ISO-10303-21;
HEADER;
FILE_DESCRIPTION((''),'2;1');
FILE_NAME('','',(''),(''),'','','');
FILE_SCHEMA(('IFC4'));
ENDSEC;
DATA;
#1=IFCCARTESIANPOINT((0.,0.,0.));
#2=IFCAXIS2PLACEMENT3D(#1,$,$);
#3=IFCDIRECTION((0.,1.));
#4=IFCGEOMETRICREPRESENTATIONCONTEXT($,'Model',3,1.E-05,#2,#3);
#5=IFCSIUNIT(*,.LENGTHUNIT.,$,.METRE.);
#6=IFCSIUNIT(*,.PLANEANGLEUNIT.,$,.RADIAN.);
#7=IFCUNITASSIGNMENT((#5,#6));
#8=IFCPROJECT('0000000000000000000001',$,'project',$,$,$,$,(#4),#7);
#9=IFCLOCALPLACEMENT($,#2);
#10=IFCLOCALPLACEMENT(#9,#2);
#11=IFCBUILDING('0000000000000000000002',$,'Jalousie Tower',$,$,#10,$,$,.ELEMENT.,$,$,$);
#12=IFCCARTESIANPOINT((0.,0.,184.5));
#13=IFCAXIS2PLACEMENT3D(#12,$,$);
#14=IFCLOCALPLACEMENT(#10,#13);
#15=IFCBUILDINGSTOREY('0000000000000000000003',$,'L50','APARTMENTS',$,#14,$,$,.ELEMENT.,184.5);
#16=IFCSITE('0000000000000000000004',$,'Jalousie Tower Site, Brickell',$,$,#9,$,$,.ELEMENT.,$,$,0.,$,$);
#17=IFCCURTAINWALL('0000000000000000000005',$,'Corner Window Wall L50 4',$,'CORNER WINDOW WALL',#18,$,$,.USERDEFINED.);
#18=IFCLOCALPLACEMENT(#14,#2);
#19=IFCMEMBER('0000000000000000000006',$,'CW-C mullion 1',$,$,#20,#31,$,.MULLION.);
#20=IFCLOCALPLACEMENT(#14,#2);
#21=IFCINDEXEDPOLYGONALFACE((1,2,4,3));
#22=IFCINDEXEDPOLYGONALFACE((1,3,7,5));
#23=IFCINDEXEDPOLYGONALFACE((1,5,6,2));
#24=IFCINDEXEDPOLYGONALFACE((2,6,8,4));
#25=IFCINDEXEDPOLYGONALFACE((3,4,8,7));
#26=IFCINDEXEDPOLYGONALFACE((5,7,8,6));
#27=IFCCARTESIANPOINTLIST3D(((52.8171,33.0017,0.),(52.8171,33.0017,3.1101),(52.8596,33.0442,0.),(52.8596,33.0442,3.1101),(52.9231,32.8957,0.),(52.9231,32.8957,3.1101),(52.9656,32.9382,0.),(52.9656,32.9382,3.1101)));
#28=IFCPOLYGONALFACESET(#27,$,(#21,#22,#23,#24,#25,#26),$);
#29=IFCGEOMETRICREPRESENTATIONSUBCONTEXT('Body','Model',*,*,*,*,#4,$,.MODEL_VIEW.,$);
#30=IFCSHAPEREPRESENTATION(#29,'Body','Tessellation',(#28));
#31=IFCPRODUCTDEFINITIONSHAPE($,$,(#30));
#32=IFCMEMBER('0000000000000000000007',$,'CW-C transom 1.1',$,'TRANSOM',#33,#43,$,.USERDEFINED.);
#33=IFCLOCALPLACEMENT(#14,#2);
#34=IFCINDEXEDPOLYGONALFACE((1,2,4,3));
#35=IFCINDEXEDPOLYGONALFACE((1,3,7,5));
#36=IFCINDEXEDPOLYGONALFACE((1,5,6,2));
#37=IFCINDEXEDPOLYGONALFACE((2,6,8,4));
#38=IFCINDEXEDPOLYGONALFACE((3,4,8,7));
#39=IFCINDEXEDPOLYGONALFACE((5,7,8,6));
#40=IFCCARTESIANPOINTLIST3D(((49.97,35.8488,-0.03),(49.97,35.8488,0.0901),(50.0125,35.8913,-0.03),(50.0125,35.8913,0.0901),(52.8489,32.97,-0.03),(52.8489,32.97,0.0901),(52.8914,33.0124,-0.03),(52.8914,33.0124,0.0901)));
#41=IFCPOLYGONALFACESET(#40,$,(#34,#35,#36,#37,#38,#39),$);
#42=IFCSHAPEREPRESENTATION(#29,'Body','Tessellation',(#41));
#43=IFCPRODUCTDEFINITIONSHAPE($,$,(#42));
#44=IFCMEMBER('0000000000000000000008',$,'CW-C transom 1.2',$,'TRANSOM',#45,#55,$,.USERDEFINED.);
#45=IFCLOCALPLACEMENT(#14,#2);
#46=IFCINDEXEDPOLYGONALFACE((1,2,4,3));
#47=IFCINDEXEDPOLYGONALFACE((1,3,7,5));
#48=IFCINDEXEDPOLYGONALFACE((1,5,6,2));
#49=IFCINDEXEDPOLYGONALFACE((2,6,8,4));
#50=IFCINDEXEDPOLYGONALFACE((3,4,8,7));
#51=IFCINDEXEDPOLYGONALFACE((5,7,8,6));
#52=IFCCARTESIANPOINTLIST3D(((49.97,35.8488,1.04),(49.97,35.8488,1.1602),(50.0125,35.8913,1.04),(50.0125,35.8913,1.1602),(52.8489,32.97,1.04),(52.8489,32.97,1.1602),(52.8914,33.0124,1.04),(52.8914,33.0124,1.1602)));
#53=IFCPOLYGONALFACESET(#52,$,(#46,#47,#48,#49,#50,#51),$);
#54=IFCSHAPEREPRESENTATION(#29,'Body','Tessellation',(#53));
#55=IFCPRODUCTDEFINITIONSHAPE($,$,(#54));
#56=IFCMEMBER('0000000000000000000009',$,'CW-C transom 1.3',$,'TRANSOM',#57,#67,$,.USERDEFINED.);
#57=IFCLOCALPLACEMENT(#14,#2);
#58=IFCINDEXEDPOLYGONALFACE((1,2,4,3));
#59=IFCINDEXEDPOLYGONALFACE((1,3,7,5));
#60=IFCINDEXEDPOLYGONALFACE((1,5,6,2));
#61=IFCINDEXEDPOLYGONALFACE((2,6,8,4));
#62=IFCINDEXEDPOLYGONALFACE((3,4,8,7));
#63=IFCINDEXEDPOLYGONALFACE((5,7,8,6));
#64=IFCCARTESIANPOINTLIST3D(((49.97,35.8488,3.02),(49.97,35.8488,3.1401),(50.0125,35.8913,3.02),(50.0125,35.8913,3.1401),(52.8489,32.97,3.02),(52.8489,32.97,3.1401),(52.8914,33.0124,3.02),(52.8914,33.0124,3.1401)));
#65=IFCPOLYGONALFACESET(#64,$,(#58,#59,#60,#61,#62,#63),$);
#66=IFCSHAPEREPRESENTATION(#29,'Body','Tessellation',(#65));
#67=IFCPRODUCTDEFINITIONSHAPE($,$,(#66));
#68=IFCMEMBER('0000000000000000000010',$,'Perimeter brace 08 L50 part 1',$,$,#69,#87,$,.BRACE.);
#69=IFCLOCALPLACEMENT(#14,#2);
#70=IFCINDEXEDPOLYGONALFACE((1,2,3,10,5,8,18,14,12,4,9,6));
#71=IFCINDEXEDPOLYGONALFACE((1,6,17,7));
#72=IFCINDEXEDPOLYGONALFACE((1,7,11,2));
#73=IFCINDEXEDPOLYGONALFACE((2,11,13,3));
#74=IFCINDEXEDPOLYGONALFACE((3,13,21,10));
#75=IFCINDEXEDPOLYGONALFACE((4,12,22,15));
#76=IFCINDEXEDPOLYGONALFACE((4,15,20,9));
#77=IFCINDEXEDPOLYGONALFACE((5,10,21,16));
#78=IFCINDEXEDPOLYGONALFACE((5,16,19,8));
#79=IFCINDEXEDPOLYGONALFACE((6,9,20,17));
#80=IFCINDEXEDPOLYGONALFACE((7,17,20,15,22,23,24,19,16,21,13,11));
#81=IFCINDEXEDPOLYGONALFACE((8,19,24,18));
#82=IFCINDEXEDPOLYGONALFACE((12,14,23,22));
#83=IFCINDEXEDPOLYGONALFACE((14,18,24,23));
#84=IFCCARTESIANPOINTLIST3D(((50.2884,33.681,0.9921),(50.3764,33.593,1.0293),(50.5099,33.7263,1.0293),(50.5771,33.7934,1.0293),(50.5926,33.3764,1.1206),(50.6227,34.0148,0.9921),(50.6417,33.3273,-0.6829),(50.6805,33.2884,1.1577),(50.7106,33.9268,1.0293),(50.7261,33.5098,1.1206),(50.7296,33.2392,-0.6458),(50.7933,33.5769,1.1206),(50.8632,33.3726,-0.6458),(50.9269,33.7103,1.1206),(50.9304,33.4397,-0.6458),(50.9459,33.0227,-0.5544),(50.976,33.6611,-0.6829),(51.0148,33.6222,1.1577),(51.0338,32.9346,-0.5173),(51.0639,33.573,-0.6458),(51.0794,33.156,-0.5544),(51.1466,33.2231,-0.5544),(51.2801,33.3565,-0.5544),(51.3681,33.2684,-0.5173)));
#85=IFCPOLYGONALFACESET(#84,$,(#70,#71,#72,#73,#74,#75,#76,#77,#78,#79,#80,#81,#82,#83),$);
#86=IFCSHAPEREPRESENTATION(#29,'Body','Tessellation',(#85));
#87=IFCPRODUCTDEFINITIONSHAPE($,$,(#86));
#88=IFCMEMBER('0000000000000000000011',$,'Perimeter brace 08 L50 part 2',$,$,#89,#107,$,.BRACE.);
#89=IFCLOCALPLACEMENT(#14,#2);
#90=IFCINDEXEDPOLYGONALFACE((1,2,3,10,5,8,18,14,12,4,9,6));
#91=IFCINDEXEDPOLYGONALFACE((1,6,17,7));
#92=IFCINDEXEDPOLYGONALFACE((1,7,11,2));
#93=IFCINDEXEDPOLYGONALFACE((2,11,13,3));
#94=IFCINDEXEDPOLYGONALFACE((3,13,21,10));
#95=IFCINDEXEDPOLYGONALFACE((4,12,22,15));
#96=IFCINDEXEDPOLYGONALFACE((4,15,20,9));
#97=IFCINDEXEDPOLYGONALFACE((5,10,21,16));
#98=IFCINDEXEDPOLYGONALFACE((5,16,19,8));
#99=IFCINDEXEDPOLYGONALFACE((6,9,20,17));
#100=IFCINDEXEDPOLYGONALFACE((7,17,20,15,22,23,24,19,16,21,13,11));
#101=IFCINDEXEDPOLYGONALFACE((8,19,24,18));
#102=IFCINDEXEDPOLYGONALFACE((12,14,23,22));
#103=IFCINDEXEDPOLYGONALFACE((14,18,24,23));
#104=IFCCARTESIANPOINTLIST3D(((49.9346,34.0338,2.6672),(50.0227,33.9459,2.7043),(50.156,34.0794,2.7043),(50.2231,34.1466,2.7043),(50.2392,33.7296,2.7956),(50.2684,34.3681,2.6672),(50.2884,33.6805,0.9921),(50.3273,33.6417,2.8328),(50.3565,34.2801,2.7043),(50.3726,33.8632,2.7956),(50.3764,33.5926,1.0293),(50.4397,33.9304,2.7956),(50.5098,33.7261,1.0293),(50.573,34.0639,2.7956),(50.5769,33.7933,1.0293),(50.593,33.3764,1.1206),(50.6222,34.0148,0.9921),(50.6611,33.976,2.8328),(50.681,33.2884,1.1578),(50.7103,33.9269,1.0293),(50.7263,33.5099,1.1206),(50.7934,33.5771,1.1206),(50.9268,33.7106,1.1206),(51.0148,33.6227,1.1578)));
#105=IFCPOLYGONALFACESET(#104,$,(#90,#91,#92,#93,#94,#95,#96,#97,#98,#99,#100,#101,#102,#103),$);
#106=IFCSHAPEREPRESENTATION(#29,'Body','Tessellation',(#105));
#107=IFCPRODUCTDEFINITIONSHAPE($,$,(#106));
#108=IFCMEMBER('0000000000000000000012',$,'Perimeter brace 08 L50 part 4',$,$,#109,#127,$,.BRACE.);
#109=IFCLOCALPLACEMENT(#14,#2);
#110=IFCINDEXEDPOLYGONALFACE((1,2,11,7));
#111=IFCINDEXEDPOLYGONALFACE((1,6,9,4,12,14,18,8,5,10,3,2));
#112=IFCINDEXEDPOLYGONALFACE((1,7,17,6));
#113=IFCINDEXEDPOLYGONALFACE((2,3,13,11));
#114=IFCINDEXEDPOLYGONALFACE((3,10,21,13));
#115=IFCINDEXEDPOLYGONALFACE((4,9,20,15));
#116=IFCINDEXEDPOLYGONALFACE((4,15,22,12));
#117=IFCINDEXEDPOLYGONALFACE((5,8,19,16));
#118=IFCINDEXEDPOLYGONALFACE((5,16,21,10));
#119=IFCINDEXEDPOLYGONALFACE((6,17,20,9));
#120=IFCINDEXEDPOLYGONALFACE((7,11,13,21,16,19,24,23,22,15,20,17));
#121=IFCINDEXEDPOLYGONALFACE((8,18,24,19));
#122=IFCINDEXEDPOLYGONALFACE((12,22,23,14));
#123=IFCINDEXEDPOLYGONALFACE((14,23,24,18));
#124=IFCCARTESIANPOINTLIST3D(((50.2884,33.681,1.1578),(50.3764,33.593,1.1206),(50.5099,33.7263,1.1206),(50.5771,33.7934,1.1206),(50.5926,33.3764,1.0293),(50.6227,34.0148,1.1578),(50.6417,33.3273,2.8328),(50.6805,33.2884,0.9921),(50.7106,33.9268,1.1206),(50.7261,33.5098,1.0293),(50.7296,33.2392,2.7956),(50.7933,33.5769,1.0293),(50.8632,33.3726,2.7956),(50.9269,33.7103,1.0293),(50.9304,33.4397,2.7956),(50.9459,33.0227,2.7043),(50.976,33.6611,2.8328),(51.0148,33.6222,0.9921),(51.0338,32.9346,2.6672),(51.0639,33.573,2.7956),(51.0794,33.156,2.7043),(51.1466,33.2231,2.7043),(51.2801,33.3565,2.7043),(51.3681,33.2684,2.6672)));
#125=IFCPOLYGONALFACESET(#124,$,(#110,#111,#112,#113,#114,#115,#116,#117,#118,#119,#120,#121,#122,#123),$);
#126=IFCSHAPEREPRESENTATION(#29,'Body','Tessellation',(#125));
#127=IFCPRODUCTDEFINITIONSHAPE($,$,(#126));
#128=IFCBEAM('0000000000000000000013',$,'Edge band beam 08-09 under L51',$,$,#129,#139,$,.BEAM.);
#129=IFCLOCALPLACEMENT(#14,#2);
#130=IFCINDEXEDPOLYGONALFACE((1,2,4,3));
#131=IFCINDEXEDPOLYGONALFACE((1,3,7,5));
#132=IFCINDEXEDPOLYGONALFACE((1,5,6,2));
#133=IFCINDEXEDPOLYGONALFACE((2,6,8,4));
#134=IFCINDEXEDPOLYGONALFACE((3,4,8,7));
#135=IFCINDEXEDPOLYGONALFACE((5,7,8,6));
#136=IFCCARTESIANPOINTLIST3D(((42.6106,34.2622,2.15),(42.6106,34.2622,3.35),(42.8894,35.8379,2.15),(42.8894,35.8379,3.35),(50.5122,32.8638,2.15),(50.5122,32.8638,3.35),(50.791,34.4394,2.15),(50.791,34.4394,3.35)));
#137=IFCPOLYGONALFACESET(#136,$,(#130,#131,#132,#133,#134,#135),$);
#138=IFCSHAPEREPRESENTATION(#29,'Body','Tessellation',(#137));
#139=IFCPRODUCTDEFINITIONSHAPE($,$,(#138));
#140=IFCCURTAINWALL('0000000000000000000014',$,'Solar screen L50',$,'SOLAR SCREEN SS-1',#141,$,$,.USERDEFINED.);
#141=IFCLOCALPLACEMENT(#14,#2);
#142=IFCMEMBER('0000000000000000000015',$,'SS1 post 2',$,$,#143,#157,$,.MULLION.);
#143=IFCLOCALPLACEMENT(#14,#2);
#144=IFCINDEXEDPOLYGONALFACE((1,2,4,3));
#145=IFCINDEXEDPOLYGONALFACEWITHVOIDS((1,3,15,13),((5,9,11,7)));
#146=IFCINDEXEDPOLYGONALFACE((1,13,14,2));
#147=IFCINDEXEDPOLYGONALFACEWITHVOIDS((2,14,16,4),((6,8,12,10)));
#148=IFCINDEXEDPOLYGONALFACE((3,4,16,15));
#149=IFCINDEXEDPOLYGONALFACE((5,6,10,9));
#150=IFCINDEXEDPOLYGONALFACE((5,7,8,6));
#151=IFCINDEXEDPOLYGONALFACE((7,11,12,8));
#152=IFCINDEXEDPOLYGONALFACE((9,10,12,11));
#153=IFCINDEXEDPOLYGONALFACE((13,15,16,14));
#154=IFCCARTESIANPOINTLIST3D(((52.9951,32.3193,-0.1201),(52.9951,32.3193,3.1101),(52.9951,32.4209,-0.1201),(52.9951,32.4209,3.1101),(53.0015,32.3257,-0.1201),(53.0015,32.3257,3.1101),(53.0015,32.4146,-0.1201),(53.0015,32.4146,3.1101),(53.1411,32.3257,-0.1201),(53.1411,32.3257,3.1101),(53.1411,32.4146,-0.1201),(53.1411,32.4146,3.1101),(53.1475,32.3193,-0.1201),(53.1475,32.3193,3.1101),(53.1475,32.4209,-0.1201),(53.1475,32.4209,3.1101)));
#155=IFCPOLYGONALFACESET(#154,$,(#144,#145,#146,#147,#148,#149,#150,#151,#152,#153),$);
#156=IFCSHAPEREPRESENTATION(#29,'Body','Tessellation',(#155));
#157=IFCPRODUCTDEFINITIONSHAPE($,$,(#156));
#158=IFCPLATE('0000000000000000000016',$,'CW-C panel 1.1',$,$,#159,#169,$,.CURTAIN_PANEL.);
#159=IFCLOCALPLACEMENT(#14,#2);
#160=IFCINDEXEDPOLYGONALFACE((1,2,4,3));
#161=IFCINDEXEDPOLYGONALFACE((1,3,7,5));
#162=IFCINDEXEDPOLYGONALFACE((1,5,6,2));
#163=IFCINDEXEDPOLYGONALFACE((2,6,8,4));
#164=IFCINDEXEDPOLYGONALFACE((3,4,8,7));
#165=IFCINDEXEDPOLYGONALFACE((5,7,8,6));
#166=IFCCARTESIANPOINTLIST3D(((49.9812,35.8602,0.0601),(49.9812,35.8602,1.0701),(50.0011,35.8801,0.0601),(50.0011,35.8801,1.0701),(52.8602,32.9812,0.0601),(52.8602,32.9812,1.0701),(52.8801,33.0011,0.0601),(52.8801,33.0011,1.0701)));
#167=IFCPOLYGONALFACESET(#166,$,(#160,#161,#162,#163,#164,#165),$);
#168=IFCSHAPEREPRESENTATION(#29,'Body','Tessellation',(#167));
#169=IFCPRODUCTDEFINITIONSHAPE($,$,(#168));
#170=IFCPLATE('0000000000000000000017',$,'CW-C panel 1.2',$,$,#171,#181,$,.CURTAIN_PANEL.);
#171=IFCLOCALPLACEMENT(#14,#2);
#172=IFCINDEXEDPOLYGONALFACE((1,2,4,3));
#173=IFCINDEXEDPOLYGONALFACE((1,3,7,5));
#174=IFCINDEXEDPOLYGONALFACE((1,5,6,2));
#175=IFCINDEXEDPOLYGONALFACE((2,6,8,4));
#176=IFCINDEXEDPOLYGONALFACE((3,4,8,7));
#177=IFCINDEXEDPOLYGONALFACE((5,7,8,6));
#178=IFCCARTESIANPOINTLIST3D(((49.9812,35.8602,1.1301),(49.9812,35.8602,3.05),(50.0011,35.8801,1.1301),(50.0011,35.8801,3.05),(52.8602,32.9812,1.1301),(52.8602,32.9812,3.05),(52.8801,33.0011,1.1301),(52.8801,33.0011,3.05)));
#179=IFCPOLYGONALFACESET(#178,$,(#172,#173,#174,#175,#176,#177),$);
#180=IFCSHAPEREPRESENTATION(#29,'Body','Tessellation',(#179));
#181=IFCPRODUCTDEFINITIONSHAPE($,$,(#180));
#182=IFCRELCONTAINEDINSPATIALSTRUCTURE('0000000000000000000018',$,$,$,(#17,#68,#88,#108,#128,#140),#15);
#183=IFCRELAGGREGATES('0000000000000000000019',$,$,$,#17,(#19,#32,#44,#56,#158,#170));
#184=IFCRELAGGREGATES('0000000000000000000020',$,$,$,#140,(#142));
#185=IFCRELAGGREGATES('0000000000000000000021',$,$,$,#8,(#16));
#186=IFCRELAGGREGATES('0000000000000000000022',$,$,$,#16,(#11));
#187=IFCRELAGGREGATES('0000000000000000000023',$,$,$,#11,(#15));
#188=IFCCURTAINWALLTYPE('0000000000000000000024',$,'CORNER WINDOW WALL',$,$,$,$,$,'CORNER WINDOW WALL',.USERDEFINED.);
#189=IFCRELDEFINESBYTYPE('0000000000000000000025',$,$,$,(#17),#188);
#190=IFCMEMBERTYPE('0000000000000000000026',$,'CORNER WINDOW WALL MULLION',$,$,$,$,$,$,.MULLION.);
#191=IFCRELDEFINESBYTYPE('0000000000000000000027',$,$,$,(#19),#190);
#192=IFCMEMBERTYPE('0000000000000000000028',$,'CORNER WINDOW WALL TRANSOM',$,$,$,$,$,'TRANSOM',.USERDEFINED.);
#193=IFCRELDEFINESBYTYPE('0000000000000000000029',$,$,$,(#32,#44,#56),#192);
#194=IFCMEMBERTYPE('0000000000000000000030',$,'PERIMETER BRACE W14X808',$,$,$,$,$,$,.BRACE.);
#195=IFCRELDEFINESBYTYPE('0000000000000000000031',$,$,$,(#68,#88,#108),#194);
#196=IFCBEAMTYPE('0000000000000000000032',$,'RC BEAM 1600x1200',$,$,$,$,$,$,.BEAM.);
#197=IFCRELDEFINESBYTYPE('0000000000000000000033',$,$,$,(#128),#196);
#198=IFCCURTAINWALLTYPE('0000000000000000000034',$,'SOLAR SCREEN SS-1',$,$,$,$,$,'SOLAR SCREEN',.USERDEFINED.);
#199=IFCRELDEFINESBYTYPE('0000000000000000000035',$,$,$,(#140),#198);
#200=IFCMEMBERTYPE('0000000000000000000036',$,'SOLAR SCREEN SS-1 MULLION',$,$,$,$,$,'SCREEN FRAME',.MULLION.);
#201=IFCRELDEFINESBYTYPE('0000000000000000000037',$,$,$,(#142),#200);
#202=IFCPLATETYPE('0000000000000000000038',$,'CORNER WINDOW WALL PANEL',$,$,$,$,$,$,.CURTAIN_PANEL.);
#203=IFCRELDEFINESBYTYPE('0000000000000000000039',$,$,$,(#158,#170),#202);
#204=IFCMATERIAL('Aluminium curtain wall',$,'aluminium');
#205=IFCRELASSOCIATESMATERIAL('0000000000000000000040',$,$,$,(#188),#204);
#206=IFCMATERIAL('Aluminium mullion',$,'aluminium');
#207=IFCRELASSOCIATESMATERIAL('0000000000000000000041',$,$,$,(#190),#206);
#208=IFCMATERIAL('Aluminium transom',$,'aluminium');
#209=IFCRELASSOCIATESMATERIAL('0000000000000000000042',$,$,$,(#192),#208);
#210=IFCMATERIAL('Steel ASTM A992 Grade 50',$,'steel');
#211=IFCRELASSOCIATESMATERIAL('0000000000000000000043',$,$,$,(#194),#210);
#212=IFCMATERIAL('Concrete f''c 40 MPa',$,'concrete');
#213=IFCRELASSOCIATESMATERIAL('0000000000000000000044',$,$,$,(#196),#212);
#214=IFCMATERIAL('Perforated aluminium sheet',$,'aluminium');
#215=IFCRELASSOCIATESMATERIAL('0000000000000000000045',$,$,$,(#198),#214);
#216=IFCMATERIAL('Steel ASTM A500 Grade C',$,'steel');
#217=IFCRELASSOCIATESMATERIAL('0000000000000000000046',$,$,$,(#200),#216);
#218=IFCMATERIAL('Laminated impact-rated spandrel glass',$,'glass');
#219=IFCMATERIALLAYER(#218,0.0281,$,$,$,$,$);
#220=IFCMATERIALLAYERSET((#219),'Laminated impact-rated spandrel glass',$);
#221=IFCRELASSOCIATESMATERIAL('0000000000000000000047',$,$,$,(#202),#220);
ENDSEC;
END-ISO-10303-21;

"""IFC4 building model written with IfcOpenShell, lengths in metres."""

from ifc_helpers import new_model, si_unit, direction, frame, origin, origin_2d, place, context, subcontext, project, spatial, rectangle, hollow_rectangle, i_section, extrude, material, layer, layer_set, material_profile, profile_set, type_object, element, aggregate, save


model = new_model("IFC4")

# Units and contexts
model_context = context("Model", 3, precision=1e-05, world=origin(), true_north=direction((0.0, 1.0)))
body_context = subcontext(model_context, "Body", "Model", "MODEL_VIEW")
ifc_project = project(units=[si_unit("LENGTHUNIT", "METRE"), si_unit("PLANEANGLEUNIT", "RADIAN")], contexts=[model_context])

# Site, building, storey
site_placement = place(None, origin())
site = spatial("IfcSite", under=ifc_project, at=site_placement, Name="Jalousie Tower Site, Brickell", CompositionType="ELEMENT", RefElevation=0.0)
building_placement = place(site_placement, origin())
building = spatial("IfcBuilding", under=site, at=building_placement, Name="Jalousie Tower", CompositionType="ELEMENT")
storey_placement = place(building_placement, frame((0.0, 0.0, 184.5)))
storey = spatial("IfcBuildingStorey", under=building, at=storey_placement, Name="L50", Description="APARTMENTS", CompositionType="ELEMENT", Elevation=184.5)

# Curtain wall, members
ifc_material_1 = material(Name="Aluminium curtain wall", Category="aluminium")
curtain_wall_type_1 = type_object("IfcCurtainWallType", Name="CORNER WINDOW WALL", ElementType="CORNER WINDOW WALL", PredefinedType="USERDEFINED", material=ifc_material_1)
curtain_wall_1_placement = place(storey_placement, origin())
curtain_wall_1 = element("IfcCurtainWall", 1, at=curtain_wall_1_placement, inside=storey, type_object=curtain_wall_type_1, Name="Corner Window Wall L50 4", ObjectType="CORNER WINDOW WALL", PredefinedType="USERDEFINED")
ifc_material_2 = material(Name="Aluminium mullion", Category="aluminium")
ifc_material_profile_1 = material_profile(ifc_material_2, rectangle(XDim=0.0601, YDim=0.1499, at=origin_2d()), Name="MULLION 60x150")
ifc_profile_set_1 = profile_set([ifc_material_profile_1], Name="Aluminium mullion")
member_type_1 = type_object("IfcMemberType", Name="CORNER WINDOW WALL MULLION", PredefinedType="MULLION", material=ifc_profile_set_1)
member_1_placement = place(storey_placement, frame((52.8914, 32.97, 0.0), z_axis=(0.0, 0.0, 1.0), x_axis=(-0.707107, -0.707107, 0.0)))
member_1 = element("IfcMember", 2, at=member_1_placement, type_object=member_type_1, Name="CW-C mullion 1", PredefinedType="MULLION", context=body_context, shape_type="SweptSolid", body=[
    extrude(rectangle(XDim=0.0601, YDim=0.1499, at=origin_2d()), origin(), (0.0, 0.0, 1.0), 3.1101),
])
ifc_material_3 = material(Name="Aluminium transom", Category="aluminium")
ifc_material_profile_2 = material_profile(ifc_material_3, rectangle(XDim=0.0601, YDim=0.1201, at=origin_2d()), Name="TRANSOM 60x120")
ifc_profile_set_2 = profile_set([ifc_material_profile_2], Name="Aluminium transom")
member_type_2 = type_object("IfcMemberType", Name="CORNER WINDOW WALL TRANSOM", ElementType="TRANSOM", PredefinedType="USERDEFINED", material=ifc_profile_set_2)
member_2_placement = place(storey_placement, frame((52.8701, 32.9912, 0.03), z_axis=(-0.707107, 0.707107, 0.0), x_axis=(-0.707107, -0.707107, 0.0)))
member_2 = element("IfcMember", 3, at=member_2_placement, type_object=member_type_2, Name="CW-C transom 1.1", ObjectType="TRANSOM", PredefinedType="USERDEFINED", context=body_context, shape_type="SweptSolid", body=[
    extrude(rectangle(XDim=0.0601, YDim=0.1201, at=origin_2d()), origin(), (0.0, 0.0, 1.0), 4.0713),
])
member_3_placement = place(storey_placement, frame((52.8701, 32.9912, 1.1001), z_axis=(-0.707107, 0.707107, 0.0), x_axis=(-0.707107, -0.707107, 0.0)))
member_3 = element("IfcMember", 4, at=member_3_placement, type_object=member_type_2, Name="CW-C transom 1.2", ObjectType="TRANSOM", PredefinedType="USERDEFINED", context=body_context, shape_type="SweptSolid", body=[
    extrude(rectangle(XDim=0.0601, YDim=0.1201, at=origin_2d()), origin(), (0.0, 0.0, 1.0), 4.0713),
])
member_4_placement = place(storey_placement, frame((52.8701, 32.9912, 3.0801), z_axis=(-0.707107, 0.707107, 0.0), x_axis=(-0.707107, -0.707107, 0.0)))
member_4 = element("IfcMember", 5, at=member_4_placement, type_object=member_type_2, Name="CW-C transom 1.3", ObjectType="TRANSOM", PredefinedType="USERDEFINED", context=body_context, shape_type="SweptSolid", body=[
    extrude(rectangle(XDim=0.0601, YDim=0.1201, at=origin_2d()), origin(), (0.0, 0.0, 1.0), 4.0713),
])

# Members
ifc_material_4 = material(Name="Steel ASTM A992 Grade 50", Category="steel")
ifc_material_profile_3 = material_profile(ifc_material_4, i_section(OverallWidth=0.4724, OverallDepth=0.5791, WebThickness=0.095, FlangeThickness=0.1299, at=origin_2d()), Name="W14X808")
ifc_profile_set_3 = profile_set([ifc_material_profile_3], Name="Steel ASTM A992 Grade 50")
member_type_3 = type_object("IfcMemberType", Name="PERIMETER BRACE W14X808", PredefinedType="BRACE", material=ifc_profile_set_3)
for number, where, z_axis, x_axis, name in (
    (6, (51.0049, 33.2979, -0.6001), (-0.202093, 0.202372, 0.95823), (-0.707595, -0.706618, 0.0), "Perimeter brace 08 L50 part 1"),
    (7, (50.6516, 33.6516, 1.075), (-0.202372, 0.202093, 0.95823), (-0.706618, -0.707595, 0.0), "Perimeter brace 08 L50 part 2"),
    (8, (50.6516, 33.6516, 1.075), (0.202093, -0.202372, 0.95823), (0.707595, 0.706618, 0.0), "Perimeter brace 08 L50 part 4"),
):
    element("IfcMember", number, at=place(storey_placement, frame(where, z_axis=z_axis, x_axis=x_axis)), inside=storey, type_object=member_type_3, Name=name, PredefinedType="BRACE", context=body_context, shape_type="SweptSolid", body=[
        extrude(i_section(OverallWidth=0.4724, OverallDepth=0.5791, WebThickness=0.095, FlangeThickness=0.1299, at=origin_2d()), origin(), (0.0, 0.0, 1.0), 1.748),
    ])

# Beam
ifc_material_5 = material(Name="Concrete f'c 40 MPa", Category="concrete")
ifc_material_profile_4 = material_profile(ifc_material_5, rectangle(XDim=1.6001, YDim=1.2, at=origin_2d()), Name="RC 1600x1200")
ifc_profile_set_4 = profile_set([ifc_material_profile_4], Name="Concrete f'c 40 MPa")
beam_type = type_object("IfcBeamType", Name="RC BEAM 1600x1200", PredefinedType="BEAM", material=ifc_profile_set_4)
beam_placement = place(storey_placement, frame((50.6516, 33.6516, 2.75), z_axis=(-0.984697, 0.174273, 0.0), x_axis=(-0.174273, -0.984697, 0.0)))
element("IfcBeam", 9, at=beam_placement, inside=storey, type_object=beam_type, Name="Edge band beam 08-09 under L51", PredefinedType="BEAM", context=body_context, shape_type="SweptSolid", body=[
    extrude(rectangle(XDim=1.6001, YDim=1.2, at=origin_2d()), origin(), (0.0, 0.0, 1.0), 8.0244),
])

# Curtain wall, member
ifc_material_6 = material(Name="Perforated aluminium sheet", Category="aluminium")
curtain_wall_type_2 = type_object("IfcCurtainWallType", Name="SOLAR SCREEN SS-1", ElementType="SOLAR SCREEN", PredefinedType="USERDEFINED", material=ifc_material_6)
curtain_wall_2_placement = place(storey_placement, origin())
curtain_wall_2 = element("IfcCurtainWall", 10, at=curtain_wall_2_placement, inside=storey, type_object=curtain_wall_type_2, Name="Solar screen L50", ObjectType="SOLAR SCREEN SS-1", PredefinedType="USERDEFINED")
ifc_material_7 = material(Name="Steel ASTM A500 Grade C", Category="steel")
ifc_material_profile_5 = material_profile(ifc_material_7, hollow_rectangle(XDim=0.1016, YDim=0.1523, WallThickness=0.0063, at=origin_2d()), Name="HSS6X4X1/4")
ifc_profile_set_5 = profile_set([ifc_material_profile_5], Name="Steel ASTM A500 Grade C")
member_type_4 = type_object("IfcMemberType", Name="SOLAR SCREEN SS-1 MULLION", ElementType="SCREEN FRAME", PredefinedType="MULLION", material=ifc_profile_set_5)
member_5_placement = place(storey_placement, frame((53.0713, 32.3701, -0.1201), z_axis=(0.0, 0.0, 1.0), x_axis=(0.0, 1.0, 0.0)))
member_5 = element("IfcMember", 11, at=member_5_placement, type_object=member_type_4, Name="SS1 post 2", PredefinedType="MULLION", context=body_context, shape_type="SweptSolid", body=[
    extrude(hollow_rectangle(XDim=0.1016, YDim=0.1523, WallThickness=0.0063, at=origin_2d()), origin(), (0.0, 0.0, 1.0), 3.2302),
])

# Plates
ifc_material_8 = material(Name="Laminated impact-rated spandrel glass", Category="glass")
ifc_layer_1 = layer(ifc_material_8, 0.0281)
ifc_layer_set_1 = layer_set([ifc_layer_1], Name="Laminated impact-rated spandrel glass")
plate_type_1 = type_object("IfcPlateType", Name="CORNER WINDOW WALL PANEL", PredefinedType="CURTAIN_PANEL", material=ifc_layer_set_1)
plate_1_placement = place(storey_placement, frame((51.4307, 34.4307, 0.0601), z_axis=(0.0, 0.0, 1.0), x_axis=(-0.707107, 0.707107, 0.0)))
plate_1 = element("IfcPlate", 12, at=plate_1_placement, type_object=plate_type_1, Name="CW-C panel 1.1", PredefinedType="CURTAIN_PANEL", context=body_context, shape_type="SweptSolid", body=[
    extrude(rectangle(XDim=4.0715, YDim=0.0281, at=origin_2d()), origin(), (0.0, 0.0, 1.0), 1.01),
])
plate_2_placement = place(storey_placement, frame((51.4307, 34.4307, 1.1301), z_axis=(0.0, 0.0, 1.0), x_axis=(-0.707107, 0.707107, 0.0)))
plate_2 = element("IfcPlate", 13, at=plate_2_placement, type_object=plate_type_1, Name="CW-C panel 1.2", PredefinedType="CURTAIN_PANEL", context=body_context, shape_type="SweptSolid", body=[
    extrude(rectangle(XDim=4.0715, YDim=0.0281, at=origin_2d()), origin(), (0.0, 0.0, 1.0), 1.9199),
])
aggregate(curtain_wall_1, [member_1, member_2, member_3, member_4, plate_1, plate_2])
aggregate(curtain_wall_2, [member_5])

save(model, "model.ifc")
